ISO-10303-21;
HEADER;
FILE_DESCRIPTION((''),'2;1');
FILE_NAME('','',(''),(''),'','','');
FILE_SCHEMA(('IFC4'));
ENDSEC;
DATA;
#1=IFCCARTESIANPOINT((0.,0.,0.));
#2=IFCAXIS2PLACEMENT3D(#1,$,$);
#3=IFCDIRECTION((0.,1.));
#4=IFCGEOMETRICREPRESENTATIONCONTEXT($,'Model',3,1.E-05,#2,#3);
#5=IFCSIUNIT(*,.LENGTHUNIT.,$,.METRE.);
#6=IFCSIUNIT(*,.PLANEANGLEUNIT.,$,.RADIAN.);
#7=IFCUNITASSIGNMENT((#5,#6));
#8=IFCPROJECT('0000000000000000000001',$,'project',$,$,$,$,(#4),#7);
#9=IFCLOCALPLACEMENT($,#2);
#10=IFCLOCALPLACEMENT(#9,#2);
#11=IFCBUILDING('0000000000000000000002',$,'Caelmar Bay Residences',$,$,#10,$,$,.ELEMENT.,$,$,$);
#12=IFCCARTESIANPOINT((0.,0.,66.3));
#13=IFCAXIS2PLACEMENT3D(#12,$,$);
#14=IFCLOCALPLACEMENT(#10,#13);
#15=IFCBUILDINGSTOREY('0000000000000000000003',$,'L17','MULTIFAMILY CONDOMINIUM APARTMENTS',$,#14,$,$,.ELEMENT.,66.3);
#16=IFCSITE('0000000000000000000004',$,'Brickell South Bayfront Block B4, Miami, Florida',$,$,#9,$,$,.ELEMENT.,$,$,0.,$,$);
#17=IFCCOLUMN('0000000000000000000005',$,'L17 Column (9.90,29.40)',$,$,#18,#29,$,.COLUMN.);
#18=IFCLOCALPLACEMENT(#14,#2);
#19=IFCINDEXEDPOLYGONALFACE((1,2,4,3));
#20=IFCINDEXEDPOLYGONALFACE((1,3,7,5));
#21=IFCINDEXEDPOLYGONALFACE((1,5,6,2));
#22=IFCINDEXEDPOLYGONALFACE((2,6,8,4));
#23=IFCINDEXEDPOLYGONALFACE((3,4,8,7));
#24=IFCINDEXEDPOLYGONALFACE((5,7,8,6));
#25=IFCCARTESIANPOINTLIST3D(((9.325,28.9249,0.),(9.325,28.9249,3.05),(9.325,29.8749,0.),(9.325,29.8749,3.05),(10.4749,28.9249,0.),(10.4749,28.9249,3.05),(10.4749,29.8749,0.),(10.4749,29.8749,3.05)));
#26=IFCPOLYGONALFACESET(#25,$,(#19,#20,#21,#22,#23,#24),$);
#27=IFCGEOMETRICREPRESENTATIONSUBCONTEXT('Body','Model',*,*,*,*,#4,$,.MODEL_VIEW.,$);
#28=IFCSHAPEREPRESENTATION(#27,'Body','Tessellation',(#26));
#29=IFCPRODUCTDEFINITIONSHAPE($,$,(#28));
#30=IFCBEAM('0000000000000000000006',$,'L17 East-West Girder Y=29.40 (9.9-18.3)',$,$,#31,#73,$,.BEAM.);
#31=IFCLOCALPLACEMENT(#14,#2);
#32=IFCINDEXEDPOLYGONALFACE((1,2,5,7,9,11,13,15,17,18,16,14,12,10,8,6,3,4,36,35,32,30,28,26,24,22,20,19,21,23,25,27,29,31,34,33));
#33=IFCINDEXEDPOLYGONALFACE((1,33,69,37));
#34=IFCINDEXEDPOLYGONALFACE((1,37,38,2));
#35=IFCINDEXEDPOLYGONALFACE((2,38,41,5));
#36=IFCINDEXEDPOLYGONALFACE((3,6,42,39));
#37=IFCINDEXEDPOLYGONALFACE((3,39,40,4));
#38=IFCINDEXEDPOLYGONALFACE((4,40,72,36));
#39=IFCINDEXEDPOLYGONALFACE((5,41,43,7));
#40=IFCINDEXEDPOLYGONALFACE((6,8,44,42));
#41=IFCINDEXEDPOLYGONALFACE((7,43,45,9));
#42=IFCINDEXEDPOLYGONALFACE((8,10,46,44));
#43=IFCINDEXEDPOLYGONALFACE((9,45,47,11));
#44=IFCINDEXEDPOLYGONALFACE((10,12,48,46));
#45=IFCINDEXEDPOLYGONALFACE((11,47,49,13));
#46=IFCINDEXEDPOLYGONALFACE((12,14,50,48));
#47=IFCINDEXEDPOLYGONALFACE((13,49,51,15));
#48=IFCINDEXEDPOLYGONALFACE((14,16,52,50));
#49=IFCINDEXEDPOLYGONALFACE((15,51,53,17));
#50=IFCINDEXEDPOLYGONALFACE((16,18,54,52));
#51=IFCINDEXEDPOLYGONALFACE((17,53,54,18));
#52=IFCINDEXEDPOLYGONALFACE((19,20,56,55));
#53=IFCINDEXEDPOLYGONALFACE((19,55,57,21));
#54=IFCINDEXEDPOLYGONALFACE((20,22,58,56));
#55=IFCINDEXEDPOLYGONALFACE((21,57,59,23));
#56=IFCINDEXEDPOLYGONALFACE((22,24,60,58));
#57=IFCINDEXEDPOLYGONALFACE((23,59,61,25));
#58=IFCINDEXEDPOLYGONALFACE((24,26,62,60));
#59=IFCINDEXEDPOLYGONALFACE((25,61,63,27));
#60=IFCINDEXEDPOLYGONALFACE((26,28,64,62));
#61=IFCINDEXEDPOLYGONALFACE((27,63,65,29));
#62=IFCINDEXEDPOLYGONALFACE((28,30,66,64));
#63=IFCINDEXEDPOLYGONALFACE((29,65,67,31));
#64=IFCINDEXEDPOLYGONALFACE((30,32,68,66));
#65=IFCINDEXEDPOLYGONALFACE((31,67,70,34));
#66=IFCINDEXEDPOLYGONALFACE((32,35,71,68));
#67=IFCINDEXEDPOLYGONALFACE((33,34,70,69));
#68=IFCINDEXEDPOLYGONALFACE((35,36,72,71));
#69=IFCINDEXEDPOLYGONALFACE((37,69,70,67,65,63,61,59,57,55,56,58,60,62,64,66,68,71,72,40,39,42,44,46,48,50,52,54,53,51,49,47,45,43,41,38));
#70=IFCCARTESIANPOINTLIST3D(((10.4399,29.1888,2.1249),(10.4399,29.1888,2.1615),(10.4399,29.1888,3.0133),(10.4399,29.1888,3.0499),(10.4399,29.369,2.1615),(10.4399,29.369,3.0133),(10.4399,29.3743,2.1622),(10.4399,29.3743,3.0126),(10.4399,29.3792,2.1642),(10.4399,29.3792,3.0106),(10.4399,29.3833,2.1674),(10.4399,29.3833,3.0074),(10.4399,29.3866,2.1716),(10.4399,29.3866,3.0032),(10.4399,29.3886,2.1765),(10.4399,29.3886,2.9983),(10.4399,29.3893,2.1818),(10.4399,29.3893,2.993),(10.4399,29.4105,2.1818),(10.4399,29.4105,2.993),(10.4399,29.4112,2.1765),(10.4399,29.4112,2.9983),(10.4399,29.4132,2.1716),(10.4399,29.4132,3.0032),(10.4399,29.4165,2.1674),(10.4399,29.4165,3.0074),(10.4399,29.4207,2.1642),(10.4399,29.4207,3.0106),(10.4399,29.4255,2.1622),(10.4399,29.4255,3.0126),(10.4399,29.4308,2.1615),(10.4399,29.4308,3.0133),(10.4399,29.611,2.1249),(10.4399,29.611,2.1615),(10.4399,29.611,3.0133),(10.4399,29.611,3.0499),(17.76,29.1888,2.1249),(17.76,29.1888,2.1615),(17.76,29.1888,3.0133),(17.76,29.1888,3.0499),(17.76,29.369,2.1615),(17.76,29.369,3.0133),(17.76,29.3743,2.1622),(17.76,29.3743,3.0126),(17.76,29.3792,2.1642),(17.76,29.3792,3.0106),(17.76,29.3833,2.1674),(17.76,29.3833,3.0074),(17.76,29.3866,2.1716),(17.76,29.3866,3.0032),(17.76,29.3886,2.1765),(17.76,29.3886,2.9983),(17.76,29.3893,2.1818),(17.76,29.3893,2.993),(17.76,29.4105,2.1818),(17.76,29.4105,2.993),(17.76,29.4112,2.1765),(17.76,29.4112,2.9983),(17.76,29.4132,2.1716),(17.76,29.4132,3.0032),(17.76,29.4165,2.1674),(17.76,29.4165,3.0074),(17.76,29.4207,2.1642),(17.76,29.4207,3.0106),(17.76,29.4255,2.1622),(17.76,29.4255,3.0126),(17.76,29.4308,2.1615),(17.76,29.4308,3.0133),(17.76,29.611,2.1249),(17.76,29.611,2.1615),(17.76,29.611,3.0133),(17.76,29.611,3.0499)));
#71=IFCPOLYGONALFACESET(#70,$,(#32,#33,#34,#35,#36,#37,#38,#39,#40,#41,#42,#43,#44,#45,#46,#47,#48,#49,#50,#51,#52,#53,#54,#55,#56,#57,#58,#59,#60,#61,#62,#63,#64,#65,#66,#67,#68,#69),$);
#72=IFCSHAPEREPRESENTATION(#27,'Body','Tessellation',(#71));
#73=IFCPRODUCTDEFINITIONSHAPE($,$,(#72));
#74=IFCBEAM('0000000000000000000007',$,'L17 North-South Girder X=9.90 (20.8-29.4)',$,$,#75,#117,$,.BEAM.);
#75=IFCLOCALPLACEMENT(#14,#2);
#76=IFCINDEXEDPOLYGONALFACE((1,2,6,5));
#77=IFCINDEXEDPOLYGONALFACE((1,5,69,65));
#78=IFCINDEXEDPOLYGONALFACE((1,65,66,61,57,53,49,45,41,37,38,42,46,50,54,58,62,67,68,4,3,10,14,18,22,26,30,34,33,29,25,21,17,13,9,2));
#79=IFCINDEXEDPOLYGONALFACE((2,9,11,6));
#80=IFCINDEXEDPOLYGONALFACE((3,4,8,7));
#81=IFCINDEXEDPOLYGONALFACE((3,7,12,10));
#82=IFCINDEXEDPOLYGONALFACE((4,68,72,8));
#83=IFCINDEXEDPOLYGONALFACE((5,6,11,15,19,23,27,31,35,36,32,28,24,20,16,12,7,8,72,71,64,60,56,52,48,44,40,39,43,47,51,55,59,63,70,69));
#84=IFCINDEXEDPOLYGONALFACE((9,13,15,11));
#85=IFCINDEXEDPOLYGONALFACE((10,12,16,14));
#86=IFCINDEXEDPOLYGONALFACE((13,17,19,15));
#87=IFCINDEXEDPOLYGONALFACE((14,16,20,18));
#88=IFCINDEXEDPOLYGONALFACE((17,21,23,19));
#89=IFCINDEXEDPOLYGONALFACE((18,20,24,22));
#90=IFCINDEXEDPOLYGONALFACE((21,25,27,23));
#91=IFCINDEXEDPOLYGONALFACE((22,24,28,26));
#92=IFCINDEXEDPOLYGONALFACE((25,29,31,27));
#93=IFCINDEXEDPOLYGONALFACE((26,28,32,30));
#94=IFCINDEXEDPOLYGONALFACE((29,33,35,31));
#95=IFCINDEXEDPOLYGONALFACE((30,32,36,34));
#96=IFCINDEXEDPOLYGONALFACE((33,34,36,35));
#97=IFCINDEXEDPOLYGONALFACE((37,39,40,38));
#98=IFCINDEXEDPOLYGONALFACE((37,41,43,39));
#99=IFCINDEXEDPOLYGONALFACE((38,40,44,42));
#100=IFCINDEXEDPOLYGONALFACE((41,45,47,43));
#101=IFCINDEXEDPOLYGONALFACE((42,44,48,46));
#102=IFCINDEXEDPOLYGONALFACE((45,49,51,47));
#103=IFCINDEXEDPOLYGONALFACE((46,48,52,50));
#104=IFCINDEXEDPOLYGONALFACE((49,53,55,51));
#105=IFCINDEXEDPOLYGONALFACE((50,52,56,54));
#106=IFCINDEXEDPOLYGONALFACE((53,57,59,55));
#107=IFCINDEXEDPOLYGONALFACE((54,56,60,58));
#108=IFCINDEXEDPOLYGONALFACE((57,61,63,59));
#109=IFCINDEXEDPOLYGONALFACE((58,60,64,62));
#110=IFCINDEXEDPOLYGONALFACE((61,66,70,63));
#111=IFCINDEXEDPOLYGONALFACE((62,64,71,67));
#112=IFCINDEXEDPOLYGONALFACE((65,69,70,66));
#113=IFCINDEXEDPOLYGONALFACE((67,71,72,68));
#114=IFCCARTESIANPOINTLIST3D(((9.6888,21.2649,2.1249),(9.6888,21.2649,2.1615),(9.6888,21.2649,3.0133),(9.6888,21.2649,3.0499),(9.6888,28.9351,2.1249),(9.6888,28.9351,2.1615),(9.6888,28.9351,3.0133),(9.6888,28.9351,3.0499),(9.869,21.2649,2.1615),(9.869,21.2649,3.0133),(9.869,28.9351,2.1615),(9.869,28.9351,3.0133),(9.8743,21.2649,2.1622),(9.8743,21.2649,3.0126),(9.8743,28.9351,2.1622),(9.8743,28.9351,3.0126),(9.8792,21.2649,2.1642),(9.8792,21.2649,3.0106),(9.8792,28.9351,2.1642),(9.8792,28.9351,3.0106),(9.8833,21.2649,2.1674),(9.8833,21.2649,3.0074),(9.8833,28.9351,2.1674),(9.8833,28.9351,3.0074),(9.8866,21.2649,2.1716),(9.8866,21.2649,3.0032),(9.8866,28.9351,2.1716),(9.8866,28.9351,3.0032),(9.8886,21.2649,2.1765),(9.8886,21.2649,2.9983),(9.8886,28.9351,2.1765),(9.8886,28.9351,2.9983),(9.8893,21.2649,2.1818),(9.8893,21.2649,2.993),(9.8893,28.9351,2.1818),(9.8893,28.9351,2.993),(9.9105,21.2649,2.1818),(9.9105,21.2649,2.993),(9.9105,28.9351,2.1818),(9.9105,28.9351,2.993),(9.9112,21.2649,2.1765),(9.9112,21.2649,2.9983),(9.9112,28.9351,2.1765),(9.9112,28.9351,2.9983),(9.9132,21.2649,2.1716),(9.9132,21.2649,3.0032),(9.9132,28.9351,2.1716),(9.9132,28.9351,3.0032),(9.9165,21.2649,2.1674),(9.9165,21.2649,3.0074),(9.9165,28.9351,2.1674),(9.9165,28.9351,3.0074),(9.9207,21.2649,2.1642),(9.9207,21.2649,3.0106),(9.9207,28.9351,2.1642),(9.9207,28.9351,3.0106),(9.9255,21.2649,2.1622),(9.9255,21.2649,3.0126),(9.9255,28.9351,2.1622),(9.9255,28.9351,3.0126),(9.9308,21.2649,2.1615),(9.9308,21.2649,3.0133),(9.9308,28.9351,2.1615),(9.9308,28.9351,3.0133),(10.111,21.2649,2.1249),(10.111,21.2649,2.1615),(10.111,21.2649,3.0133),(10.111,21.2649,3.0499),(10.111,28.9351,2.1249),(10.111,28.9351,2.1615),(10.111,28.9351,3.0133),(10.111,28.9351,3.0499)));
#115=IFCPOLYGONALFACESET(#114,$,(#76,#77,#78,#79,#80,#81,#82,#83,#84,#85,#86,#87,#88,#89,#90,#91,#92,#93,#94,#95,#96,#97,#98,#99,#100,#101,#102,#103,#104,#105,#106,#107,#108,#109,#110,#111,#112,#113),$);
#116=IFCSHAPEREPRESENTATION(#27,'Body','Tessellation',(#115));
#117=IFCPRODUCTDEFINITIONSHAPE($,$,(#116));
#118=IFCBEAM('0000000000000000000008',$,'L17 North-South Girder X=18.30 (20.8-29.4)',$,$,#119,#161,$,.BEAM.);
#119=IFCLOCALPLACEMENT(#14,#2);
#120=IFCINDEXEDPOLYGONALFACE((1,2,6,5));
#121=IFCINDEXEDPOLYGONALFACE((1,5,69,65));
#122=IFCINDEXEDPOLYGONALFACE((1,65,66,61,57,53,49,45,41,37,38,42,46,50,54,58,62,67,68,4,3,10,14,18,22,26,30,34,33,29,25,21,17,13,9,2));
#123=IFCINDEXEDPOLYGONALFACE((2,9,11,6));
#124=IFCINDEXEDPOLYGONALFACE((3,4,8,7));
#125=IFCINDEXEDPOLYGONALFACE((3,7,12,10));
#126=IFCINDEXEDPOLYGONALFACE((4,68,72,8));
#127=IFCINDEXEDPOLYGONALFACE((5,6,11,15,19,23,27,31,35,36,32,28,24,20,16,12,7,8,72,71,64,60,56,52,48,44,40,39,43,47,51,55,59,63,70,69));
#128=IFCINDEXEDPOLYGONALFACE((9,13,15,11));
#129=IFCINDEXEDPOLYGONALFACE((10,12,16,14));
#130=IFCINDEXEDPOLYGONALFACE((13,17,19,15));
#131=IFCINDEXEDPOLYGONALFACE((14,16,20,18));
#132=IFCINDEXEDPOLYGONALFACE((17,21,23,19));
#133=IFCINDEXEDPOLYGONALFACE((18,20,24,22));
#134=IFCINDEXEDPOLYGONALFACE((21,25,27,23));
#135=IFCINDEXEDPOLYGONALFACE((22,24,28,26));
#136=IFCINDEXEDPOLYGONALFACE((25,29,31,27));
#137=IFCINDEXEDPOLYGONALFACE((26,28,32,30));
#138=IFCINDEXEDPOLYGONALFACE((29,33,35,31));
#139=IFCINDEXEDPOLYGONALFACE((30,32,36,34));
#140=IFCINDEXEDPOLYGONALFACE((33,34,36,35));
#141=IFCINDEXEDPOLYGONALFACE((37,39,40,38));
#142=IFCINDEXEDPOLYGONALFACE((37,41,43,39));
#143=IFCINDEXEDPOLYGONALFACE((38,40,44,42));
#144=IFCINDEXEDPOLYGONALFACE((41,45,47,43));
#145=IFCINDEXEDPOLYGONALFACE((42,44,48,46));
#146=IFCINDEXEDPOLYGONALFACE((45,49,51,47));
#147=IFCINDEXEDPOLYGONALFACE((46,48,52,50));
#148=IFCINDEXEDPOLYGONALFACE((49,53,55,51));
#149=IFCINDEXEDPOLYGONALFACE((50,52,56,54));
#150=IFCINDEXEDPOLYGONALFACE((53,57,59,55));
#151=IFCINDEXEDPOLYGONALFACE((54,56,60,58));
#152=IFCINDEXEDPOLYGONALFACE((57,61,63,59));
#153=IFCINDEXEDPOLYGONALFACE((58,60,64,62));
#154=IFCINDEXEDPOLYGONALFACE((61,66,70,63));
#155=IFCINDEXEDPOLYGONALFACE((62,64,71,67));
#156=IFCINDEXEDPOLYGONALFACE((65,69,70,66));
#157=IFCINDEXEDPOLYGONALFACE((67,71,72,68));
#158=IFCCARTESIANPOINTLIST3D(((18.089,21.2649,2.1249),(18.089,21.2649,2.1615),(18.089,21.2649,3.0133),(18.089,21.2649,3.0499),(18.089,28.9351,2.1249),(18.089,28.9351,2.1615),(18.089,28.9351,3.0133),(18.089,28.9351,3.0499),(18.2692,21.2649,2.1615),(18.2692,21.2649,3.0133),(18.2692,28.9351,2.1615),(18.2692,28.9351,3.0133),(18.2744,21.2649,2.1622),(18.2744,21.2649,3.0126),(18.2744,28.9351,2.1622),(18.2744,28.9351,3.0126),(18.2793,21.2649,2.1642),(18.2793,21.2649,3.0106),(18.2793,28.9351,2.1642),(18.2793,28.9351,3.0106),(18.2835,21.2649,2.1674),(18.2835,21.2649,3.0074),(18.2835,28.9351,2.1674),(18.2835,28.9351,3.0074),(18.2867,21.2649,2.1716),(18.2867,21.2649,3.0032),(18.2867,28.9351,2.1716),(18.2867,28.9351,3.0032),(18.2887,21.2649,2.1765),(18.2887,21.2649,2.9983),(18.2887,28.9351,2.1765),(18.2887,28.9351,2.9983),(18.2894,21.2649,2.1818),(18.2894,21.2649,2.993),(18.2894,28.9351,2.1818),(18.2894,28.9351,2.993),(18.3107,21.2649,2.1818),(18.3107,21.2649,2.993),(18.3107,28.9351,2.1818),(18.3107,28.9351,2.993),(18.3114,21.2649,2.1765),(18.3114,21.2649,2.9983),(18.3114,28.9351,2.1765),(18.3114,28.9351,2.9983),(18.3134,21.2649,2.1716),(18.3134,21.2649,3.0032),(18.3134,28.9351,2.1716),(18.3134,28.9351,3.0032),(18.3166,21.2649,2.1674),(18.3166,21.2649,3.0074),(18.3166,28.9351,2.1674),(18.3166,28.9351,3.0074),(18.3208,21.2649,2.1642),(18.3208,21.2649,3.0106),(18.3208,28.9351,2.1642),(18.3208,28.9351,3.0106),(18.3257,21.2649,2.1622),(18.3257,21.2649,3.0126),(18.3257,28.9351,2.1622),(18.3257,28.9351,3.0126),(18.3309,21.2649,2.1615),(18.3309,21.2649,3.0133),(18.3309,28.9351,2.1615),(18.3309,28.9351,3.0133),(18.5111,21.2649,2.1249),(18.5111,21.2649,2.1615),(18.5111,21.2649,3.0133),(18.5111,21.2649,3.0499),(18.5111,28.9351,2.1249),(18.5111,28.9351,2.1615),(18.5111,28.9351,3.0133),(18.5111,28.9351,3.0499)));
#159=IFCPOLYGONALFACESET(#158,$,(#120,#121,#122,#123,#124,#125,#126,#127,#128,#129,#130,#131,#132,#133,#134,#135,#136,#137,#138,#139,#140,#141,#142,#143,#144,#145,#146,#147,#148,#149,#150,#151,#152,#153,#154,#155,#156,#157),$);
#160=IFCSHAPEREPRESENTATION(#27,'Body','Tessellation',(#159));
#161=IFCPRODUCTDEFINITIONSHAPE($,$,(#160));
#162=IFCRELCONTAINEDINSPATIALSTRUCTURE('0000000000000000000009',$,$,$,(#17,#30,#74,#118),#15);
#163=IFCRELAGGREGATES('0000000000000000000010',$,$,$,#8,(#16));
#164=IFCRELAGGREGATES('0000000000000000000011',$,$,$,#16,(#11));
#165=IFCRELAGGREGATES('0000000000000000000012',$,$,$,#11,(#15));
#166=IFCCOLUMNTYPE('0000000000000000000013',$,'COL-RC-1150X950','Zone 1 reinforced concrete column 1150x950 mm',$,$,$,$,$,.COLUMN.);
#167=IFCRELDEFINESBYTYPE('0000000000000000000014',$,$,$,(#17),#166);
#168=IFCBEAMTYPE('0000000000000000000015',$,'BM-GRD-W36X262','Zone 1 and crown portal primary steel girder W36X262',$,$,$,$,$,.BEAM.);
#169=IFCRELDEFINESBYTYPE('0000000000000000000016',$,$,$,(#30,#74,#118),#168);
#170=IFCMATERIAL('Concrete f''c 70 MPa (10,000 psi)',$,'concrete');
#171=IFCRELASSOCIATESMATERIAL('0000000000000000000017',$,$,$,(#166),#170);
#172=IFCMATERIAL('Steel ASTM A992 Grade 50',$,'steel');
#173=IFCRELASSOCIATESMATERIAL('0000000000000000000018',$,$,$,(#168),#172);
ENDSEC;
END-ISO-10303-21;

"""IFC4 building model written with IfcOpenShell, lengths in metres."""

from ifc_helpers import new_model, si_unit, direction, frame, origin, origin_2d, place, context, subcontext, project, spatial, rectangle, i_section, extrude, material, material_profile, profile_set, type_object, element, save


model = new_model("IFC4")

# Units and contexts
model_context = context("Model", 3, precision=1e-05, world=origin(), true_north=direction((0.0, 1.0)))
body_context = subcontext(model_context, "Body", "Model", "MODEL_VIEW")
ifc_project = project(units=[si_unit("LENGTHUNIT", "METRE"), si_unit("PLANEANGLEUNIT", "RADIAN")], contexts=[model_context])

# Site, building, storey
site_placement = place(None, origin())
site = spatial("IfcSite", under=ifc_project, at=site_placement, Name="Brickell South Bayfront Block B4, Miami, Florida", CompositionType="ELEMENT", RefElevation=0.0)
building_placement = place(site_placement, origin())
building = spatial("IfcBuilding", under=site, at=building_placement, Name="Caelmar Bay Residences", CompositionType="ELEMENT")
storey_placement = place(building_placement, frame((0.0, 0.0, 66.3)))
storey = spatial("IfcBuildingStorey", under=building, at=storey_placement, Name="L17", Description="MULTIFAMILY CONDOMINIUM APARTMENTS", CompositionType="ELEMENT", Elevation=66.3)

# Column
ifc_material_1 = material(Name="Concrete f'c 70 MPa (10,000 psi)", Category="concrete")
ifc_material_profile_1 = material_profile(ifc_material_1, rectangle(XDim=1.1499, YDim=0.95, at=origin_2d()), Name="RC-COL-1150X950")
ifc_profile_set_1 = profile_set([ifc_material_profile_1], Name="Concrete f'c 70 MPa (10,000 psi)")
column_type = type_object("IfcColumnType", Name="COL-RC-1150X950", Description="Zone 1 reinforced concrete column 1150x950 mm", PredefinedType="COLUMN", material=ifc_profile_set_1)
column_placement = place(storey_placement, frame((9.8999, 29.3999, 0.0), z_axis=(0.0, 0.0, 1.0), x_axis=(1.0, 0.0, 0.0)))
element("IfcColumn", 1, at=column_placement, inside=storey, type_object=column_type, Name="L17 Column (9.90,29.40)", PredefinedType="COLUMN", context=body_context, shape_type="SweptSolid", body=[
    extrude(rectangle(XDim=1.1499, YDim=0.95, at=origin_2d()), origin(), (0.0, 0.0, 1.0), 3.05),
])

# Beams
ifc_material_2 = material(Name="Steel ASTM A992 Grade 50", Category="steel")
ifc_material_profile_2 = material_profile(ifc_material_2, i_section(OverallWidth=0.4221, OverallDepth=0.925, WebThickness=0.0212, FlangeThickness=0.0366, FilletRadius=0.0203, at=origin_2d()), Name="W36X262")
ifc_profile_set_2 = profile_set([ifc_material_profile_2], Name="Steel ASTM A992 Grade 50")
beam_type_1 = type_object("IfcBeamType", Name="BM-GRD-W36X262", Description="Zone 1 and crown portal primary steel girder W36X262", PredefinedType="BEAM", material=ifc_profile_set_2)
beam_1_placement = place(storey_placement, frame((10.4399, 29.3999, 2.5874), z_axis=(1.0, 0.0, 0.0), x_axis=(0.0, 1.0, 0.0)))
element("IfcBeam", 2, at=beam_1_placement, inside=storey, type_object=beam_type_1, Name="L17 East-West Girder Y=29.40 (9.9-18.3)", PredefinedType="BEAM", context=body_context, shape_type="SweptSolid", body=[
    extrude(i_section(OverallWidth=0.4221, OverallDepth=0.925, WebThickness=0.0212, FlangeThickness=0.0366, FilletRadius=0.0203, at=origin_2d()), origin(), (0.0, 0.0, 1.0), 7.3201),
])
for number, where, z_axis, x_axis, name in (
    (3, (9.8999, 21.2649, 2.5874), (0.0, 1.0, 0.0), (-1.0, 0.0, 0.0), "L17 North-South Girder X=9.90 (20.8-29.4)"),
    (4, (18.3, 21.2649, 2.5874), (0.0, 1.0, 0.0), (-1.0, 0.0, 0.0), "L17 North-South Girder X=18.30 (20.8-29.4)"),
):
    element("IfcBeam", number, at=place(storey_placement, frame(where, z_axis=z_axis, x_axis=x_axis)), inside=storey, type_object=beam_type_1, Name=name, PredefinedType="BEAM", context=body_context, shape_type="SweptSolid", body=[
        extrude(i_section(OverallWidth=0.4221, OverallDepth=0.925, WebThickness=0.0212, FlangeThickness=0.0366, FilletRadius=0.0203, at=origin_2d()), origin(), (0.0, 0.0, 1.0), 7.6702),
    ])

save(model, "model.ifc")
